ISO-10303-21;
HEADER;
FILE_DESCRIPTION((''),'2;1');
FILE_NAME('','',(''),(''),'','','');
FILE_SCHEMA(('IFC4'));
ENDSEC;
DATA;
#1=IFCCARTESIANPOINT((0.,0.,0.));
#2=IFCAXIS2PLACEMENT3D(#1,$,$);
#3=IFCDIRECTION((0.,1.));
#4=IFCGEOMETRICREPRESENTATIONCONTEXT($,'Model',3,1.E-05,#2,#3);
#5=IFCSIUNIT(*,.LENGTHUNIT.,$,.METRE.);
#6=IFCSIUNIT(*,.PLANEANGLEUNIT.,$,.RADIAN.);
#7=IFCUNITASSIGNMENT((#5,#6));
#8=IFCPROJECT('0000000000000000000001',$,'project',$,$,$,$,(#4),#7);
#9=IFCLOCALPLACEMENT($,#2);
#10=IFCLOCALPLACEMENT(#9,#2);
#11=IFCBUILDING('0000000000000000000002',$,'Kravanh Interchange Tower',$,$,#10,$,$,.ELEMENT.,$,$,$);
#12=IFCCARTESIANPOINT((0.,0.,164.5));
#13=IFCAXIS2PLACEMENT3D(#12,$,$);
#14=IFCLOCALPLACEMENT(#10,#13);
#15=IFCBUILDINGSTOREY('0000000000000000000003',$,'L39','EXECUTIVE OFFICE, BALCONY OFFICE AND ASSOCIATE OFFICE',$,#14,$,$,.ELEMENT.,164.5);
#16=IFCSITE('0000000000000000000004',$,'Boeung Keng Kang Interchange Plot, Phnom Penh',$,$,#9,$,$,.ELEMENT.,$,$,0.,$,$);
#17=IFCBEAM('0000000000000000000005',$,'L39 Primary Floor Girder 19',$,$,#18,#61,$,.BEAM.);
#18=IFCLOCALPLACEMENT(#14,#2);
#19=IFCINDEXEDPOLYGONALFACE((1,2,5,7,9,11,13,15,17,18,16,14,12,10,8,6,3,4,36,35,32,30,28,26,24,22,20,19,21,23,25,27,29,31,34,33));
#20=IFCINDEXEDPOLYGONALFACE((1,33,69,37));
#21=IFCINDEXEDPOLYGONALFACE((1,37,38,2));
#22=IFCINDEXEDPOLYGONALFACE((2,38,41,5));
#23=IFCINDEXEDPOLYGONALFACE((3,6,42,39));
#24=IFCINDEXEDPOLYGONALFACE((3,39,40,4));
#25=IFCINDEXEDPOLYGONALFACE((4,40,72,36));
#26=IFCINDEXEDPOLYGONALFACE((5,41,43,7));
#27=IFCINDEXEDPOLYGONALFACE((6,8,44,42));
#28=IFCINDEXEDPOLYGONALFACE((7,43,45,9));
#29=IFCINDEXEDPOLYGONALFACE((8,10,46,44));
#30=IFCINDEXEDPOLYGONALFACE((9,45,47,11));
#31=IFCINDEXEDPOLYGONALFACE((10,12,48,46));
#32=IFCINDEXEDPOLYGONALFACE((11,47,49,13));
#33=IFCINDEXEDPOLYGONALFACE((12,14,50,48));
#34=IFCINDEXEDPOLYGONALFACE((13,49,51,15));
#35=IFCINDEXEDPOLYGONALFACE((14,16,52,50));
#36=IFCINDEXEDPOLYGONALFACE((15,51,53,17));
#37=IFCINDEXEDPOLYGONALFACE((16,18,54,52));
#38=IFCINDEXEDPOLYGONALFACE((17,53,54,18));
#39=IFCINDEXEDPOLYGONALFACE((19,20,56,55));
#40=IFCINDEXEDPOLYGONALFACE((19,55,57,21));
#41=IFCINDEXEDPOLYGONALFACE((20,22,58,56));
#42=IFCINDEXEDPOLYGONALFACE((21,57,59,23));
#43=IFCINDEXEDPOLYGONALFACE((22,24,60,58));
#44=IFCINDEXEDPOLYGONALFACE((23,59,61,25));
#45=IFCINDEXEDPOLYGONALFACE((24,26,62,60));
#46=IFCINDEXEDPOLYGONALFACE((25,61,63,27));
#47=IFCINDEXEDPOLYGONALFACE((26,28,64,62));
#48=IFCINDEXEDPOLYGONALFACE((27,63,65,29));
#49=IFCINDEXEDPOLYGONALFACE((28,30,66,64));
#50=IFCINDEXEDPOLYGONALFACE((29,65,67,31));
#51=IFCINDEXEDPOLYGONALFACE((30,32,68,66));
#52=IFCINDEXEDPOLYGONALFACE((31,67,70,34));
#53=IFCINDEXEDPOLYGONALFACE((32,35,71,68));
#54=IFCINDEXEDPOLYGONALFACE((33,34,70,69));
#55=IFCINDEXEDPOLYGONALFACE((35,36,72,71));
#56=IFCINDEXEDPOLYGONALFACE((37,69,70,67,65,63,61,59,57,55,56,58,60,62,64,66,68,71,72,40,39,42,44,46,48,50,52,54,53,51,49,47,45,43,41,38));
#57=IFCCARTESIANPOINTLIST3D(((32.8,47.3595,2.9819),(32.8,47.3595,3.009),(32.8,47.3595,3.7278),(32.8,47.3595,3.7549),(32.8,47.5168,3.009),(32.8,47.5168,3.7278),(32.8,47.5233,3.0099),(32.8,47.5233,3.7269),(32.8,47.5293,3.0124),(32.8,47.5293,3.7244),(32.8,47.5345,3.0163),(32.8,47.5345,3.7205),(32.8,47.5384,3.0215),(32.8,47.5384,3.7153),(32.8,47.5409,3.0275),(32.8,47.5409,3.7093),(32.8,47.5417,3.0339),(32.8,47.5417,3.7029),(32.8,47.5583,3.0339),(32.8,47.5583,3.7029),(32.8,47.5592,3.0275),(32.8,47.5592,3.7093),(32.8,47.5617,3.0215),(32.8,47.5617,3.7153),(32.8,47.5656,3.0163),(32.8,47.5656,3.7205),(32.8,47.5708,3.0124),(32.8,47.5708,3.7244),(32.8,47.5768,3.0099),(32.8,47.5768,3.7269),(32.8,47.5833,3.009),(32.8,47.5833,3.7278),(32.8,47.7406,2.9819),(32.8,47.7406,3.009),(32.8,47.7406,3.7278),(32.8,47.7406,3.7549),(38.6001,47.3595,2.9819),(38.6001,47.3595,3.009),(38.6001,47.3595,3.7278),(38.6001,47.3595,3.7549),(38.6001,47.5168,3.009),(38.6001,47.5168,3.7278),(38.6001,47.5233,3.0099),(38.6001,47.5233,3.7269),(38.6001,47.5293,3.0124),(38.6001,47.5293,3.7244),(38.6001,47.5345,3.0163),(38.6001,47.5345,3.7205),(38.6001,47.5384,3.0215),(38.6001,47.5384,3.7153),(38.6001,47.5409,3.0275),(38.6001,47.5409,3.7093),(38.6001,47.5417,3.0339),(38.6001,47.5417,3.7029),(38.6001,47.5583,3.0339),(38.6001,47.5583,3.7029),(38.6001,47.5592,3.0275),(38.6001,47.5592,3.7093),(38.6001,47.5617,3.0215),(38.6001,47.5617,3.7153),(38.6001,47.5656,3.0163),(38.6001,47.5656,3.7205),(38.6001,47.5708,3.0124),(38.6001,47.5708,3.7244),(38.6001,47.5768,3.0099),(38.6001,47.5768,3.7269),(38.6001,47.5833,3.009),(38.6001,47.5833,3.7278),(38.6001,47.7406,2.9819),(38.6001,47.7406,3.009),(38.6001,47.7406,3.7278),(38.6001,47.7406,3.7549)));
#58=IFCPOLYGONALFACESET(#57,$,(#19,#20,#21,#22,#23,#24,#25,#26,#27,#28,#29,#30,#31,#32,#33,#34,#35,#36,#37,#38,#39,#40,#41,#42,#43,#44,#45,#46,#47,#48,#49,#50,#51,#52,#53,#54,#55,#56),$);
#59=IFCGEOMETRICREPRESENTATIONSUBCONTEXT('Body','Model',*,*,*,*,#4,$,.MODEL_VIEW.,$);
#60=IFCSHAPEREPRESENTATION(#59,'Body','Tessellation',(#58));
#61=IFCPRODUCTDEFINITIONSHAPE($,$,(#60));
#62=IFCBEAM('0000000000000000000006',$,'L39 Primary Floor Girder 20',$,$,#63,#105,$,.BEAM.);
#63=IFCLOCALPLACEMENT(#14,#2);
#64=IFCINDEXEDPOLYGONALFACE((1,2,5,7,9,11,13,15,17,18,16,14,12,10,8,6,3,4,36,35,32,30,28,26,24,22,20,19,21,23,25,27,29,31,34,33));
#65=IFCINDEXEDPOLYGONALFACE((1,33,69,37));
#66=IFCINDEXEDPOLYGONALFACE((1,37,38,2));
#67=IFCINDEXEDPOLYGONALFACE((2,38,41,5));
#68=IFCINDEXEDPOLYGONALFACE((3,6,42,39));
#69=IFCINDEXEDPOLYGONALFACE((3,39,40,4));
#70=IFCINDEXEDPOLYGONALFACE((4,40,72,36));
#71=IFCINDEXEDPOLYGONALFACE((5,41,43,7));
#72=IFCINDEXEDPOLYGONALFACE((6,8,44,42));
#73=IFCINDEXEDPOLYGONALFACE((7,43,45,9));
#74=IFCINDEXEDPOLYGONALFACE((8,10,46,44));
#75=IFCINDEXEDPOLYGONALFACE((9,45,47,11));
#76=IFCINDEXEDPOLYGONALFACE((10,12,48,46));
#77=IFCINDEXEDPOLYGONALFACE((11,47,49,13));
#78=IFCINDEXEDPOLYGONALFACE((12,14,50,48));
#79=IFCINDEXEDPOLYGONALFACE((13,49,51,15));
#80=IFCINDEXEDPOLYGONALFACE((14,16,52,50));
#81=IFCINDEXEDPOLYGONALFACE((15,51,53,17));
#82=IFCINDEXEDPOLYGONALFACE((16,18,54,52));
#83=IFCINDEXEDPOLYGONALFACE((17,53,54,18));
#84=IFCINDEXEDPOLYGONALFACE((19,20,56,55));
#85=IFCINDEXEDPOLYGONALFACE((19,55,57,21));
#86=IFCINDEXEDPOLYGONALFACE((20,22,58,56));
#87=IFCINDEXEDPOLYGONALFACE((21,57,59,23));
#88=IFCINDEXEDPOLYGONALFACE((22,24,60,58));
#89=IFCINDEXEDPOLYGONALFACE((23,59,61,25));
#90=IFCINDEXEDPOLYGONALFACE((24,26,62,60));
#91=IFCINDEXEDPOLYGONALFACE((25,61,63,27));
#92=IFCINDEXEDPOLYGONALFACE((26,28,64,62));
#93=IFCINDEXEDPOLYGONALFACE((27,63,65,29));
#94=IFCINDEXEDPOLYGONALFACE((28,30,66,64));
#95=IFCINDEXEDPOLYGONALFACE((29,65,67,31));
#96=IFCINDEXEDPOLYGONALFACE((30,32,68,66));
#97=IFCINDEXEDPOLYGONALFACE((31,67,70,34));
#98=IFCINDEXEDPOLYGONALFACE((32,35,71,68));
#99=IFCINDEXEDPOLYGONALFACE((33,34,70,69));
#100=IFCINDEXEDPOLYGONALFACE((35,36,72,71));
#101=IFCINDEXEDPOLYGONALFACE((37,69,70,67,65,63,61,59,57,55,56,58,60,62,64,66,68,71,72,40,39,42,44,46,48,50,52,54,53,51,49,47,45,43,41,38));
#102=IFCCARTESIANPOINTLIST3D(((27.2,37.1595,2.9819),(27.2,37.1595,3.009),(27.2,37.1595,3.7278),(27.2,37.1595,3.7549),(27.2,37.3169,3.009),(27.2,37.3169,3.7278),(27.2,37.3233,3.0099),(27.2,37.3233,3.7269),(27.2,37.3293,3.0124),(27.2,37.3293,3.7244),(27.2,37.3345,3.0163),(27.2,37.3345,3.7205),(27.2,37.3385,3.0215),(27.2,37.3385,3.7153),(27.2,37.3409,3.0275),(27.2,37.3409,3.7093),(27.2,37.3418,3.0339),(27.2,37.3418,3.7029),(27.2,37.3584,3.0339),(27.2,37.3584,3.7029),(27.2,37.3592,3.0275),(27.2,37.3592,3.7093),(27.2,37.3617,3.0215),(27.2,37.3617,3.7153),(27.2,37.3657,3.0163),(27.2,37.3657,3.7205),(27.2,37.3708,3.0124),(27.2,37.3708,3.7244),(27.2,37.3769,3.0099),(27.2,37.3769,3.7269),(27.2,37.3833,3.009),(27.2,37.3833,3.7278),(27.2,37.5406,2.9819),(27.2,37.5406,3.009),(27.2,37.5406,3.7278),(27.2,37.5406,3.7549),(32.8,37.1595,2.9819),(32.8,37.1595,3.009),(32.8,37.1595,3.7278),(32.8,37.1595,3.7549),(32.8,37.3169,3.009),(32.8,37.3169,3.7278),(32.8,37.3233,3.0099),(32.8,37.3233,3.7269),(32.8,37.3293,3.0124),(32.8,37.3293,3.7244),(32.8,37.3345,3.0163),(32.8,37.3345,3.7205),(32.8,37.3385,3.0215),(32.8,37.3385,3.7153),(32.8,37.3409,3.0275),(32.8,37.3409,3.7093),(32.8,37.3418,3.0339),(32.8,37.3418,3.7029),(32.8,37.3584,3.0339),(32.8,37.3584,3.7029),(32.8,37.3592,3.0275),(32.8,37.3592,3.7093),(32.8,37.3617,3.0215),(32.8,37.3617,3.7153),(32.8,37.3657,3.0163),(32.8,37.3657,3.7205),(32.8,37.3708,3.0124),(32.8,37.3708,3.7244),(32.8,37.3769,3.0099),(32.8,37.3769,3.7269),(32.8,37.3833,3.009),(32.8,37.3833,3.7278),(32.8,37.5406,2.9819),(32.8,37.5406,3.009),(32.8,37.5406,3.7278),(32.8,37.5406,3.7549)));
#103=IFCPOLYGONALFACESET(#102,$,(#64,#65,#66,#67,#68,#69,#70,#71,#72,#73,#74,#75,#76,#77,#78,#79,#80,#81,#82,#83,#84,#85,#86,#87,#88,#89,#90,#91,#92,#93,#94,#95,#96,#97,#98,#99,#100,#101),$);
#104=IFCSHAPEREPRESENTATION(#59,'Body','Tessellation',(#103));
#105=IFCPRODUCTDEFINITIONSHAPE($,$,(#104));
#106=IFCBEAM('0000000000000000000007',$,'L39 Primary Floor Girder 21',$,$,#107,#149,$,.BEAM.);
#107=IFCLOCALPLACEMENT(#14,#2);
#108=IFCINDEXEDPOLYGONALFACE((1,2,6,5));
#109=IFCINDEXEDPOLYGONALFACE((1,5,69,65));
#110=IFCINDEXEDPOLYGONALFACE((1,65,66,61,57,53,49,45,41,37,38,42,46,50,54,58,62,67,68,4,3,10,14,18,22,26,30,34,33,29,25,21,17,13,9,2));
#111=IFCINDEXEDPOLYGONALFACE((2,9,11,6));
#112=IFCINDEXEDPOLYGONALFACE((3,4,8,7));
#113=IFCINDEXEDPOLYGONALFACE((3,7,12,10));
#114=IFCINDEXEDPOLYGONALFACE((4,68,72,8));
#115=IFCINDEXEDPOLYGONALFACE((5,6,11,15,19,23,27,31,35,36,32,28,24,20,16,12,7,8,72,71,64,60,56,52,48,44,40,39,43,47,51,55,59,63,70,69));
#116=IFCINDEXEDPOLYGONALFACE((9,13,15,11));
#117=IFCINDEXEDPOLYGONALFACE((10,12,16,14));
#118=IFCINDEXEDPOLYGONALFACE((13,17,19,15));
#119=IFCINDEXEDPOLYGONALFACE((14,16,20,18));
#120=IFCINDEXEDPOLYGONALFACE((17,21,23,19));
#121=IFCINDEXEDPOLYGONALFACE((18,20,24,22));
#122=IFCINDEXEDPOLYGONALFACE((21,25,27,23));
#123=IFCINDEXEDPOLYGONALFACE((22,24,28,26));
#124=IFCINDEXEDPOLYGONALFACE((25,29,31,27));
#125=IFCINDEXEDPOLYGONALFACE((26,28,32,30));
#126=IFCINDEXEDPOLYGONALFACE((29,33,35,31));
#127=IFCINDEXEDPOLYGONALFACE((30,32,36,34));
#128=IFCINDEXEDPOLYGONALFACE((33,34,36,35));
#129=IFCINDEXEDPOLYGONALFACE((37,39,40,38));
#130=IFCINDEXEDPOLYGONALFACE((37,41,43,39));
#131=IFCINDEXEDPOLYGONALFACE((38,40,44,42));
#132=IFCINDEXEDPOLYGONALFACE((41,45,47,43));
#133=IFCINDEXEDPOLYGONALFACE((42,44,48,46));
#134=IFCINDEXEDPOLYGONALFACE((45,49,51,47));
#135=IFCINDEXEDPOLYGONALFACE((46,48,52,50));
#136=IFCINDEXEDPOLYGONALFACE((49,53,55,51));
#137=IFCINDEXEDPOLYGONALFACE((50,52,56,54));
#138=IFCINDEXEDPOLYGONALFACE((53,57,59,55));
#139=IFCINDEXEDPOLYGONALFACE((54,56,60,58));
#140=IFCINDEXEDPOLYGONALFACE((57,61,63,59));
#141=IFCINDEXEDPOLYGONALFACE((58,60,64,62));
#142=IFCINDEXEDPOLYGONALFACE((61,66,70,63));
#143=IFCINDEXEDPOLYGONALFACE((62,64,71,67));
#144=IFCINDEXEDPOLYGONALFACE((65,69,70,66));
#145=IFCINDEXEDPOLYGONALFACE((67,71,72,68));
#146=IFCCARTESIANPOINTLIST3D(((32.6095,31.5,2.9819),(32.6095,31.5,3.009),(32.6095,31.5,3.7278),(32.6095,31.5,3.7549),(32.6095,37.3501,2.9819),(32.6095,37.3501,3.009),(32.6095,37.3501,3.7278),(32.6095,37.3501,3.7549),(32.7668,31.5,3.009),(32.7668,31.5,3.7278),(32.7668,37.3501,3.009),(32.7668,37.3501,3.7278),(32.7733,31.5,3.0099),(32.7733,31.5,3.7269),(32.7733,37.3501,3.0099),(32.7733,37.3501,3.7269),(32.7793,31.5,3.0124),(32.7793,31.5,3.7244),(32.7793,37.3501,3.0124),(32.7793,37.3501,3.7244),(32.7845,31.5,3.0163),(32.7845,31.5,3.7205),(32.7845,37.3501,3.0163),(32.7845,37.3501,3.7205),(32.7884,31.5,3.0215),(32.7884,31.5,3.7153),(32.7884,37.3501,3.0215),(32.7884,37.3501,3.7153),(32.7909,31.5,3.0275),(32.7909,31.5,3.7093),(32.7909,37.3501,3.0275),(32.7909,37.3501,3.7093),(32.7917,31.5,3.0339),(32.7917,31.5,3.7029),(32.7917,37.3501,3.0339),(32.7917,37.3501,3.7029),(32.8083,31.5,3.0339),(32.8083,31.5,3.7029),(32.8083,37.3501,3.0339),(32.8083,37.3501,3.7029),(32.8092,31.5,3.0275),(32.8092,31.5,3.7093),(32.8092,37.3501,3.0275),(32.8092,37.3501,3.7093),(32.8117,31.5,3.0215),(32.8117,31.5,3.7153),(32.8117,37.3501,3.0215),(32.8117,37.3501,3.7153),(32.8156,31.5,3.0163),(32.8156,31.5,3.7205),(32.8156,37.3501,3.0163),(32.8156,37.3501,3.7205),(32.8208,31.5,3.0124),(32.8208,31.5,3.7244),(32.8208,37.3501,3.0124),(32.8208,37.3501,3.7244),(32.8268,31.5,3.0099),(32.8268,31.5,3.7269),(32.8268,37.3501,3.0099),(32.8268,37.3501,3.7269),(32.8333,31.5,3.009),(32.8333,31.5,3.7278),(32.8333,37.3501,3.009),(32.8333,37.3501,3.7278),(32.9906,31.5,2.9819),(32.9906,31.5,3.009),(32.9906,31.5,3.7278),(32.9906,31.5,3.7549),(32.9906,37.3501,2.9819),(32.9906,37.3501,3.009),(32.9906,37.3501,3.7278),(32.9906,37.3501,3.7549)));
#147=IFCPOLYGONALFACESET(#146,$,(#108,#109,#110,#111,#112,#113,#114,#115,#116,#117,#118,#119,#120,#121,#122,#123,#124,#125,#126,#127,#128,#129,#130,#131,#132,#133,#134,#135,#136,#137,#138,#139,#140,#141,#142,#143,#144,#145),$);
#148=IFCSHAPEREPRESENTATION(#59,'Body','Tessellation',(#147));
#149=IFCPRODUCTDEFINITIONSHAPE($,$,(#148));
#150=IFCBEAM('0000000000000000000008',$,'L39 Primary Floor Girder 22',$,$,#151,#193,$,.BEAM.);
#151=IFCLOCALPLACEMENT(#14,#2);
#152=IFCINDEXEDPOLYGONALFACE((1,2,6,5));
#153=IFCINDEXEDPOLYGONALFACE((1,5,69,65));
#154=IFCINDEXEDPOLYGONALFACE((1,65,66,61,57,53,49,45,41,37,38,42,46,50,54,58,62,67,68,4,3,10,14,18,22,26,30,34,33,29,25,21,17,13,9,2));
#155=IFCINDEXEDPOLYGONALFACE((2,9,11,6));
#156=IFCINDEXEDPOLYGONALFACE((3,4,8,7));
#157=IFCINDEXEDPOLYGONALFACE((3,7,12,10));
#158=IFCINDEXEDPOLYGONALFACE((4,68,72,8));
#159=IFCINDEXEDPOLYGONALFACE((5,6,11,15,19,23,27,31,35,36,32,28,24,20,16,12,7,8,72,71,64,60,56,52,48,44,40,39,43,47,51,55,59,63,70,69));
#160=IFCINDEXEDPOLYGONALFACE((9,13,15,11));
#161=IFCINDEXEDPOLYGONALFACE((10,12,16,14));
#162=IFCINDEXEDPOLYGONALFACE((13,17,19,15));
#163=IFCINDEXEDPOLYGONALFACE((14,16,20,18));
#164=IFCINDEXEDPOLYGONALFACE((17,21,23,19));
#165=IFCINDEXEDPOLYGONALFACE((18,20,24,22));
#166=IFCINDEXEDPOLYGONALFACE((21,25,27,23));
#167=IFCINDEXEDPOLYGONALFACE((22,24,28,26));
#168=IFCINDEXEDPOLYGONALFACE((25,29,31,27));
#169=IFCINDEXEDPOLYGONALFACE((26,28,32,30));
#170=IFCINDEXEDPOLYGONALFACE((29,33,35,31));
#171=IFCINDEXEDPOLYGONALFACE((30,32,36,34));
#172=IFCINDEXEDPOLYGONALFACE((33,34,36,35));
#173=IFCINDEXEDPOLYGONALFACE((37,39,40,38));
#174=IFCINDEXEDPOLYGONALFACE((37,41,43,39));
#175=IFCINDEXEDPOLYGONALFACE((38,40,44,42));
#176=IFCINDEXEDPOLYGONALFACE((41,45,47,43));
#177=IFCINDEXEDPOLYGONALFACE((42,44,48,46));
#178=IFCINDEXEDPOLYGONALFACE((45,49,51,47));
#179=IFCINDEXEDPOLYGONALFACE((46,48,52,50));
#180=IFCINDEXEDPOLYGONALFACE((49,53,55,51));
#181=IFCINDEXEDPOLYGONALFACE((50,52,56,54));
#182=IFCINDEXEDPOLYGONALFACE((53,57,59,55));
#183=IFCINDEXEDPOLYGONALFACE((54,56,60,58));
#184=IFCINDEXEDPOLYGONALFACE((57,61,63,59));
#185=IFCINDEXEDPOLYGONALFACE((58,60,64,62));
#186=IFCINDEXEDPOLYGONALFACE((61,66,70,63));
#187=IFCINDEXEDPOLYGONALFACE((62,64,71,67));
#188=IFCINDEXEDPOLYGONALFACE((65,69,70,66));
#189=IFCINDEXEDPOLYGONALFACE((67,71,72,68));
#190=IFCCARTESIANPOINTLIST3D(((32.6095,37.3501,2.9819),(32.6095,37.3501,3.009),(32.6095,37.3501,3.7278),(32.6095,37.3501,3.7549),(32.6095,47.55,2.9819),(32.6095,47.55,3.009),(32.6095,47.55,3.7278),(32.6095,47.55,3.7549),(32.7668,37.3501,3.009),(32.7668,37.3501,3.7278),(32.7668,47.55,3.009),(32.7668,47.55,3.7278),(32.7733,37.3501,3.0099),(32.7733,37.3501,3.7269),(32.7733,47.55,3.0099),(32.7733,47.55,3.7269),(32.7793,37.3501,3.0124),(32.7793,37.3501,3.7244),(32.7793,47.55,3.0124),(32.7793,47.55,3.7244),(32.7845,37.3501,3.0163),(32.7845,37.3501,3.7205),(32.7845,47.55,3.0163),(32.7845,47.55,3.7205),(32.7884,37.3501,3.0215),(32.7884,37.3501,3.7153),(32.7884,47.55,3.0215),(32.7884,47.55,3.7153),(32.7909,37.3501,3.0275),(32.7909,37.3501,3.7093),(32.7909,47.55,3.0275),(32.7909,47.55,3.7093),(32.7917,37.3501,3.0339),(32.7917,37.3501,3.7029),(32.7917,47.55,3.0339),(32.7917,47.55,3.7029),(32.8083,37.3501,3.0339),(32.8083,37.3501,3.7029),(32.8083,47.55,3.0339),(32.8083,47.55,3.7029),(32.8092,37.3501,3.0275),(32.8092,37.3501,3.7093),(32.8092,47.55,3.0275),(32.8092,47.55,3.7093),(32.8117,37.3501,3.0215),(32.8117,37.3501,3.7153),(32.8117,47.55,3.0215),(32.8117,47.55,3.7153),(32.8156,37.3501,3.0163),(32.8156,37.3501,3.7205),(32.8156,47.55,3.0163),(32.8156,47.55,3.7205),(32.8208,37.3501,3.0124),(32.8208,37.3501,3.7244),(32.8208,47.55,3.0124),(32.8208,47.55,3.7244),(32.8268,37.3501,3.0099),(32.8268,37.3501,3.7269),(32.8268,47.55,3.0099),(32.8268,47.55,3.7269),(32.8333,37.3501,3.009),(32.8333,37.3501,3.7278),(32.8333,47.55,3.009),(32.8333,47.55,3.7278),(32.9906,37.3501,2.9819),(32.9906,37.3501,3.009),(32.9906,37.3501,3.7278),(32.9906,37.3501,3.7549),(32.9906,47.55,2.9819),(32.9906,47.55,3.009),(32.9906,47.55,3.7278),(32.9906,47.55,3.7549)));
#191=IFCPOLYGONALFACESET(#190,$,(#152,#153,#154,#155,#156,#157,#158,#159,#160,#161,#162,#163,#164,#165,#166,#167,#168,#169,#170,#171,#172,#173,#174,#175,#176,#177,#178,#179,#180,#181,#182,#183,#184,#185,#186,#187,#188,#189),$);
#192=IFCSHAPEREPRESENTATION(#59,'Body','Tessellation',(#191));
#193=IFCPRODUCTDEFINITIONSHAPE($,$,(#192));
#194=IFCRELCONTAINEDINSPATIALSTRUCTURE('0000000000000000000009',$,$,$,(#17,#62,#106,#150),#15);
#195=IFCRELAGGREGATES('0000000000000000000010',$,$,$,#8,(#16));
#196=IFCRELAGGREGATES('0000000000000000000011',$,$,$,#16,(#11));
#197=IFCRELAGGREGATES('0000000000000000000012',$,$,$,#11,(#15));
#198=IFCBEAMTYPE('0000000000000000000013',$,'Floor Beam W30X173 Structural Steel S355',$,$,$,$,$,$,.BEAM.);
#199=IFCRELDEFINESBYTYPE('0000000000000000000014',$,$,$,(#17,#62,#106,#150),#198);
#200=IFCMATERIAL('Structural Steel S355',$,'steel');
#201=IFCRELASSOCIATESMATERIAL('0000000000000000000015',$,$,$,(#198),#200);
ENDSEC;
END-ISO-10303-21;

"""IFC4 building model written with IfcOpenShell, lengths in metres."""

from ifc_helpers import new_model, si_unit, direction, frame, origin, origin_2d, place, context, subcontext, project, spatial, i_section, extrude, material, material_profile, profile_set, type_object, element, save


model = new_model("IFC4")

# Units and contexts
model_context = context("Model", 3, precision=1e-05, world=origin(), true_north=direction((0.0, 1.0)))
body_context = subcontext(model_context, "Body", "Model", "MODEL_VIEW")
ifc_project = project(units=[si_unit("LENGTHUNIT", "METRE"), si_unit("PLANEANGLEUNIT", "RADIAN")], contexts=[model_context])

# Site, building, storey
site_placement = place(None, origin())
site = spatial("IfcSite", under=ifc_project, at=site_placement, Name="Boeung Keng Kang Interchange Plot, Phnom Penh", CompositionType="ELEMENT", RefElevation=0.0)
building_placement = place(site_placement, origin())
building = spatial("IfcBuilding", under=site, at=building_placement, Name="Kravanh Interchange Tower", CompositionType="ELEMENT")
storey_placement = place(building_placement, frame((0.0, 0.0, 164.5)))
storey = spatial("IfcBuildingStorey", under=building, at=storey_placement, Name="L39", Description="EXECUTIVE OFFICE, BALCONY OFFICE AND ASSOCIATE OFFICE", CompositionType="ELEMENT", Elevation=164.5)

# Beams
ifc_material_1 = material(Name="Structural Steel S355", Category="steel")
ifc_material_profile_1 = material_profile(ifc_material_1, i_section(OverallWidth=0.3811, OverallDepth=0.7729, WebThickness=0.0166, FlangeThickness=0.0271, FilletRadius=0.0249, at=origin_2d()), Name="W30X173")
ifc_profile_set_1 = profile_set([ifc_material_profile_1], Name="Structural Steel S355")
beam_type = type_object("IfcBeamType", Name="Floor Beam W30X173 Structural Steel S355", PredefinedType="BEAM", material=ifc_profile_set_1)
beam_1_placement = place(storey_placement, frame((38.6001, 47.55, 3.3684), z_axis=(-1.0, 0.0, 0.0), x_axis=(0.0, -1.0, 0.0)))
element("IfcBeam", 1, at=beam_1_placement, inside=storey, type_object=beam_type, Name="L39 Primary Floor Girder 19", PredefinedType="BEAM", context=body_context, shape_type="SweptSolid", body=[
    extrude(i_section(OverallWidth=0.3811, OverallDepth=0.7729, WebThickness=0.0166, FlangeThickness=0.0271, FilletRadius=0.0249, at=origin_2d()), origin(), (0.0, 0.0, 1.0), 5.8),
])
beam_2_placement = place(storey_placement, frame((32.8, 37.3501, 3.3684), z_axis=(-1.0, 0.0, 0.0), x_axis=(0.0, -1.0, 0.0)))
element("IfcBeam", 2, at=beam_2_placement, inside=storey, type_object=beam_type, Name="L39 Primary Floor Girder 20", PredefinedType="BEAM", context=body_context, shape_type="SweptSolid", body=[
    extrude(i_section(OverallWidth=0.3811, OverallDepth=0.7729, WebThickness=0.0166, FlangeThickness=0.0271, FilletRadius=0.0249, at=origin_2d()), origin(), (0.0, 0.0, 1.0), 5.6001),
])
beam_3_placement = place(storey_placement, frame((32.8, 37.3501, 3.3684), z_axis=(0.0, -1.0, 0.0), x_axis=(1.0, 0.0, 0.0)))
element("IfcBeam", 3, at=beam_3_placement, inside=storey, type_object=beam_type, Name="L39 Primary Floor Girder 21", PredefinedType="BEAM", context=body_context, shape_type="SweptSolid", body=[
    extrude(i_section(OverallWidth=0.3811, OverallDepth=0.7729, WebThickness=0.0166, FlangeThickness=0.0271, FilletRadius=0.0249, at=origin_2d()), origin(), (0.0, 0.0, 1.0), 5.8501),
])
beam_4_placement = place(storey_placement, frame((32.8, 37.3501, 3.3684), z_axis=(0.0, 1.0, 0.0), x_axis=(-1.0, 0.0, 0.0)))
element("IfcBeam", 4, at=beam_4_placement, inside=storey, type_object=beam_type, Name="L39 Primary Floor Girder 22", PredefinedType="BEAM", context=body_context, shape_type="SweptSolid", body=[
    extrude(i_section(OverallWidth=0.3811, OverallDepth=0.7729, WebThickness=0.0166, FlangeThickness=0.0271, FilletRadius=0.0249, at=origin_2d()), origin(), (0.0, 0.0, 1.0), 10.2),
])

save(model, "model.ifc")
